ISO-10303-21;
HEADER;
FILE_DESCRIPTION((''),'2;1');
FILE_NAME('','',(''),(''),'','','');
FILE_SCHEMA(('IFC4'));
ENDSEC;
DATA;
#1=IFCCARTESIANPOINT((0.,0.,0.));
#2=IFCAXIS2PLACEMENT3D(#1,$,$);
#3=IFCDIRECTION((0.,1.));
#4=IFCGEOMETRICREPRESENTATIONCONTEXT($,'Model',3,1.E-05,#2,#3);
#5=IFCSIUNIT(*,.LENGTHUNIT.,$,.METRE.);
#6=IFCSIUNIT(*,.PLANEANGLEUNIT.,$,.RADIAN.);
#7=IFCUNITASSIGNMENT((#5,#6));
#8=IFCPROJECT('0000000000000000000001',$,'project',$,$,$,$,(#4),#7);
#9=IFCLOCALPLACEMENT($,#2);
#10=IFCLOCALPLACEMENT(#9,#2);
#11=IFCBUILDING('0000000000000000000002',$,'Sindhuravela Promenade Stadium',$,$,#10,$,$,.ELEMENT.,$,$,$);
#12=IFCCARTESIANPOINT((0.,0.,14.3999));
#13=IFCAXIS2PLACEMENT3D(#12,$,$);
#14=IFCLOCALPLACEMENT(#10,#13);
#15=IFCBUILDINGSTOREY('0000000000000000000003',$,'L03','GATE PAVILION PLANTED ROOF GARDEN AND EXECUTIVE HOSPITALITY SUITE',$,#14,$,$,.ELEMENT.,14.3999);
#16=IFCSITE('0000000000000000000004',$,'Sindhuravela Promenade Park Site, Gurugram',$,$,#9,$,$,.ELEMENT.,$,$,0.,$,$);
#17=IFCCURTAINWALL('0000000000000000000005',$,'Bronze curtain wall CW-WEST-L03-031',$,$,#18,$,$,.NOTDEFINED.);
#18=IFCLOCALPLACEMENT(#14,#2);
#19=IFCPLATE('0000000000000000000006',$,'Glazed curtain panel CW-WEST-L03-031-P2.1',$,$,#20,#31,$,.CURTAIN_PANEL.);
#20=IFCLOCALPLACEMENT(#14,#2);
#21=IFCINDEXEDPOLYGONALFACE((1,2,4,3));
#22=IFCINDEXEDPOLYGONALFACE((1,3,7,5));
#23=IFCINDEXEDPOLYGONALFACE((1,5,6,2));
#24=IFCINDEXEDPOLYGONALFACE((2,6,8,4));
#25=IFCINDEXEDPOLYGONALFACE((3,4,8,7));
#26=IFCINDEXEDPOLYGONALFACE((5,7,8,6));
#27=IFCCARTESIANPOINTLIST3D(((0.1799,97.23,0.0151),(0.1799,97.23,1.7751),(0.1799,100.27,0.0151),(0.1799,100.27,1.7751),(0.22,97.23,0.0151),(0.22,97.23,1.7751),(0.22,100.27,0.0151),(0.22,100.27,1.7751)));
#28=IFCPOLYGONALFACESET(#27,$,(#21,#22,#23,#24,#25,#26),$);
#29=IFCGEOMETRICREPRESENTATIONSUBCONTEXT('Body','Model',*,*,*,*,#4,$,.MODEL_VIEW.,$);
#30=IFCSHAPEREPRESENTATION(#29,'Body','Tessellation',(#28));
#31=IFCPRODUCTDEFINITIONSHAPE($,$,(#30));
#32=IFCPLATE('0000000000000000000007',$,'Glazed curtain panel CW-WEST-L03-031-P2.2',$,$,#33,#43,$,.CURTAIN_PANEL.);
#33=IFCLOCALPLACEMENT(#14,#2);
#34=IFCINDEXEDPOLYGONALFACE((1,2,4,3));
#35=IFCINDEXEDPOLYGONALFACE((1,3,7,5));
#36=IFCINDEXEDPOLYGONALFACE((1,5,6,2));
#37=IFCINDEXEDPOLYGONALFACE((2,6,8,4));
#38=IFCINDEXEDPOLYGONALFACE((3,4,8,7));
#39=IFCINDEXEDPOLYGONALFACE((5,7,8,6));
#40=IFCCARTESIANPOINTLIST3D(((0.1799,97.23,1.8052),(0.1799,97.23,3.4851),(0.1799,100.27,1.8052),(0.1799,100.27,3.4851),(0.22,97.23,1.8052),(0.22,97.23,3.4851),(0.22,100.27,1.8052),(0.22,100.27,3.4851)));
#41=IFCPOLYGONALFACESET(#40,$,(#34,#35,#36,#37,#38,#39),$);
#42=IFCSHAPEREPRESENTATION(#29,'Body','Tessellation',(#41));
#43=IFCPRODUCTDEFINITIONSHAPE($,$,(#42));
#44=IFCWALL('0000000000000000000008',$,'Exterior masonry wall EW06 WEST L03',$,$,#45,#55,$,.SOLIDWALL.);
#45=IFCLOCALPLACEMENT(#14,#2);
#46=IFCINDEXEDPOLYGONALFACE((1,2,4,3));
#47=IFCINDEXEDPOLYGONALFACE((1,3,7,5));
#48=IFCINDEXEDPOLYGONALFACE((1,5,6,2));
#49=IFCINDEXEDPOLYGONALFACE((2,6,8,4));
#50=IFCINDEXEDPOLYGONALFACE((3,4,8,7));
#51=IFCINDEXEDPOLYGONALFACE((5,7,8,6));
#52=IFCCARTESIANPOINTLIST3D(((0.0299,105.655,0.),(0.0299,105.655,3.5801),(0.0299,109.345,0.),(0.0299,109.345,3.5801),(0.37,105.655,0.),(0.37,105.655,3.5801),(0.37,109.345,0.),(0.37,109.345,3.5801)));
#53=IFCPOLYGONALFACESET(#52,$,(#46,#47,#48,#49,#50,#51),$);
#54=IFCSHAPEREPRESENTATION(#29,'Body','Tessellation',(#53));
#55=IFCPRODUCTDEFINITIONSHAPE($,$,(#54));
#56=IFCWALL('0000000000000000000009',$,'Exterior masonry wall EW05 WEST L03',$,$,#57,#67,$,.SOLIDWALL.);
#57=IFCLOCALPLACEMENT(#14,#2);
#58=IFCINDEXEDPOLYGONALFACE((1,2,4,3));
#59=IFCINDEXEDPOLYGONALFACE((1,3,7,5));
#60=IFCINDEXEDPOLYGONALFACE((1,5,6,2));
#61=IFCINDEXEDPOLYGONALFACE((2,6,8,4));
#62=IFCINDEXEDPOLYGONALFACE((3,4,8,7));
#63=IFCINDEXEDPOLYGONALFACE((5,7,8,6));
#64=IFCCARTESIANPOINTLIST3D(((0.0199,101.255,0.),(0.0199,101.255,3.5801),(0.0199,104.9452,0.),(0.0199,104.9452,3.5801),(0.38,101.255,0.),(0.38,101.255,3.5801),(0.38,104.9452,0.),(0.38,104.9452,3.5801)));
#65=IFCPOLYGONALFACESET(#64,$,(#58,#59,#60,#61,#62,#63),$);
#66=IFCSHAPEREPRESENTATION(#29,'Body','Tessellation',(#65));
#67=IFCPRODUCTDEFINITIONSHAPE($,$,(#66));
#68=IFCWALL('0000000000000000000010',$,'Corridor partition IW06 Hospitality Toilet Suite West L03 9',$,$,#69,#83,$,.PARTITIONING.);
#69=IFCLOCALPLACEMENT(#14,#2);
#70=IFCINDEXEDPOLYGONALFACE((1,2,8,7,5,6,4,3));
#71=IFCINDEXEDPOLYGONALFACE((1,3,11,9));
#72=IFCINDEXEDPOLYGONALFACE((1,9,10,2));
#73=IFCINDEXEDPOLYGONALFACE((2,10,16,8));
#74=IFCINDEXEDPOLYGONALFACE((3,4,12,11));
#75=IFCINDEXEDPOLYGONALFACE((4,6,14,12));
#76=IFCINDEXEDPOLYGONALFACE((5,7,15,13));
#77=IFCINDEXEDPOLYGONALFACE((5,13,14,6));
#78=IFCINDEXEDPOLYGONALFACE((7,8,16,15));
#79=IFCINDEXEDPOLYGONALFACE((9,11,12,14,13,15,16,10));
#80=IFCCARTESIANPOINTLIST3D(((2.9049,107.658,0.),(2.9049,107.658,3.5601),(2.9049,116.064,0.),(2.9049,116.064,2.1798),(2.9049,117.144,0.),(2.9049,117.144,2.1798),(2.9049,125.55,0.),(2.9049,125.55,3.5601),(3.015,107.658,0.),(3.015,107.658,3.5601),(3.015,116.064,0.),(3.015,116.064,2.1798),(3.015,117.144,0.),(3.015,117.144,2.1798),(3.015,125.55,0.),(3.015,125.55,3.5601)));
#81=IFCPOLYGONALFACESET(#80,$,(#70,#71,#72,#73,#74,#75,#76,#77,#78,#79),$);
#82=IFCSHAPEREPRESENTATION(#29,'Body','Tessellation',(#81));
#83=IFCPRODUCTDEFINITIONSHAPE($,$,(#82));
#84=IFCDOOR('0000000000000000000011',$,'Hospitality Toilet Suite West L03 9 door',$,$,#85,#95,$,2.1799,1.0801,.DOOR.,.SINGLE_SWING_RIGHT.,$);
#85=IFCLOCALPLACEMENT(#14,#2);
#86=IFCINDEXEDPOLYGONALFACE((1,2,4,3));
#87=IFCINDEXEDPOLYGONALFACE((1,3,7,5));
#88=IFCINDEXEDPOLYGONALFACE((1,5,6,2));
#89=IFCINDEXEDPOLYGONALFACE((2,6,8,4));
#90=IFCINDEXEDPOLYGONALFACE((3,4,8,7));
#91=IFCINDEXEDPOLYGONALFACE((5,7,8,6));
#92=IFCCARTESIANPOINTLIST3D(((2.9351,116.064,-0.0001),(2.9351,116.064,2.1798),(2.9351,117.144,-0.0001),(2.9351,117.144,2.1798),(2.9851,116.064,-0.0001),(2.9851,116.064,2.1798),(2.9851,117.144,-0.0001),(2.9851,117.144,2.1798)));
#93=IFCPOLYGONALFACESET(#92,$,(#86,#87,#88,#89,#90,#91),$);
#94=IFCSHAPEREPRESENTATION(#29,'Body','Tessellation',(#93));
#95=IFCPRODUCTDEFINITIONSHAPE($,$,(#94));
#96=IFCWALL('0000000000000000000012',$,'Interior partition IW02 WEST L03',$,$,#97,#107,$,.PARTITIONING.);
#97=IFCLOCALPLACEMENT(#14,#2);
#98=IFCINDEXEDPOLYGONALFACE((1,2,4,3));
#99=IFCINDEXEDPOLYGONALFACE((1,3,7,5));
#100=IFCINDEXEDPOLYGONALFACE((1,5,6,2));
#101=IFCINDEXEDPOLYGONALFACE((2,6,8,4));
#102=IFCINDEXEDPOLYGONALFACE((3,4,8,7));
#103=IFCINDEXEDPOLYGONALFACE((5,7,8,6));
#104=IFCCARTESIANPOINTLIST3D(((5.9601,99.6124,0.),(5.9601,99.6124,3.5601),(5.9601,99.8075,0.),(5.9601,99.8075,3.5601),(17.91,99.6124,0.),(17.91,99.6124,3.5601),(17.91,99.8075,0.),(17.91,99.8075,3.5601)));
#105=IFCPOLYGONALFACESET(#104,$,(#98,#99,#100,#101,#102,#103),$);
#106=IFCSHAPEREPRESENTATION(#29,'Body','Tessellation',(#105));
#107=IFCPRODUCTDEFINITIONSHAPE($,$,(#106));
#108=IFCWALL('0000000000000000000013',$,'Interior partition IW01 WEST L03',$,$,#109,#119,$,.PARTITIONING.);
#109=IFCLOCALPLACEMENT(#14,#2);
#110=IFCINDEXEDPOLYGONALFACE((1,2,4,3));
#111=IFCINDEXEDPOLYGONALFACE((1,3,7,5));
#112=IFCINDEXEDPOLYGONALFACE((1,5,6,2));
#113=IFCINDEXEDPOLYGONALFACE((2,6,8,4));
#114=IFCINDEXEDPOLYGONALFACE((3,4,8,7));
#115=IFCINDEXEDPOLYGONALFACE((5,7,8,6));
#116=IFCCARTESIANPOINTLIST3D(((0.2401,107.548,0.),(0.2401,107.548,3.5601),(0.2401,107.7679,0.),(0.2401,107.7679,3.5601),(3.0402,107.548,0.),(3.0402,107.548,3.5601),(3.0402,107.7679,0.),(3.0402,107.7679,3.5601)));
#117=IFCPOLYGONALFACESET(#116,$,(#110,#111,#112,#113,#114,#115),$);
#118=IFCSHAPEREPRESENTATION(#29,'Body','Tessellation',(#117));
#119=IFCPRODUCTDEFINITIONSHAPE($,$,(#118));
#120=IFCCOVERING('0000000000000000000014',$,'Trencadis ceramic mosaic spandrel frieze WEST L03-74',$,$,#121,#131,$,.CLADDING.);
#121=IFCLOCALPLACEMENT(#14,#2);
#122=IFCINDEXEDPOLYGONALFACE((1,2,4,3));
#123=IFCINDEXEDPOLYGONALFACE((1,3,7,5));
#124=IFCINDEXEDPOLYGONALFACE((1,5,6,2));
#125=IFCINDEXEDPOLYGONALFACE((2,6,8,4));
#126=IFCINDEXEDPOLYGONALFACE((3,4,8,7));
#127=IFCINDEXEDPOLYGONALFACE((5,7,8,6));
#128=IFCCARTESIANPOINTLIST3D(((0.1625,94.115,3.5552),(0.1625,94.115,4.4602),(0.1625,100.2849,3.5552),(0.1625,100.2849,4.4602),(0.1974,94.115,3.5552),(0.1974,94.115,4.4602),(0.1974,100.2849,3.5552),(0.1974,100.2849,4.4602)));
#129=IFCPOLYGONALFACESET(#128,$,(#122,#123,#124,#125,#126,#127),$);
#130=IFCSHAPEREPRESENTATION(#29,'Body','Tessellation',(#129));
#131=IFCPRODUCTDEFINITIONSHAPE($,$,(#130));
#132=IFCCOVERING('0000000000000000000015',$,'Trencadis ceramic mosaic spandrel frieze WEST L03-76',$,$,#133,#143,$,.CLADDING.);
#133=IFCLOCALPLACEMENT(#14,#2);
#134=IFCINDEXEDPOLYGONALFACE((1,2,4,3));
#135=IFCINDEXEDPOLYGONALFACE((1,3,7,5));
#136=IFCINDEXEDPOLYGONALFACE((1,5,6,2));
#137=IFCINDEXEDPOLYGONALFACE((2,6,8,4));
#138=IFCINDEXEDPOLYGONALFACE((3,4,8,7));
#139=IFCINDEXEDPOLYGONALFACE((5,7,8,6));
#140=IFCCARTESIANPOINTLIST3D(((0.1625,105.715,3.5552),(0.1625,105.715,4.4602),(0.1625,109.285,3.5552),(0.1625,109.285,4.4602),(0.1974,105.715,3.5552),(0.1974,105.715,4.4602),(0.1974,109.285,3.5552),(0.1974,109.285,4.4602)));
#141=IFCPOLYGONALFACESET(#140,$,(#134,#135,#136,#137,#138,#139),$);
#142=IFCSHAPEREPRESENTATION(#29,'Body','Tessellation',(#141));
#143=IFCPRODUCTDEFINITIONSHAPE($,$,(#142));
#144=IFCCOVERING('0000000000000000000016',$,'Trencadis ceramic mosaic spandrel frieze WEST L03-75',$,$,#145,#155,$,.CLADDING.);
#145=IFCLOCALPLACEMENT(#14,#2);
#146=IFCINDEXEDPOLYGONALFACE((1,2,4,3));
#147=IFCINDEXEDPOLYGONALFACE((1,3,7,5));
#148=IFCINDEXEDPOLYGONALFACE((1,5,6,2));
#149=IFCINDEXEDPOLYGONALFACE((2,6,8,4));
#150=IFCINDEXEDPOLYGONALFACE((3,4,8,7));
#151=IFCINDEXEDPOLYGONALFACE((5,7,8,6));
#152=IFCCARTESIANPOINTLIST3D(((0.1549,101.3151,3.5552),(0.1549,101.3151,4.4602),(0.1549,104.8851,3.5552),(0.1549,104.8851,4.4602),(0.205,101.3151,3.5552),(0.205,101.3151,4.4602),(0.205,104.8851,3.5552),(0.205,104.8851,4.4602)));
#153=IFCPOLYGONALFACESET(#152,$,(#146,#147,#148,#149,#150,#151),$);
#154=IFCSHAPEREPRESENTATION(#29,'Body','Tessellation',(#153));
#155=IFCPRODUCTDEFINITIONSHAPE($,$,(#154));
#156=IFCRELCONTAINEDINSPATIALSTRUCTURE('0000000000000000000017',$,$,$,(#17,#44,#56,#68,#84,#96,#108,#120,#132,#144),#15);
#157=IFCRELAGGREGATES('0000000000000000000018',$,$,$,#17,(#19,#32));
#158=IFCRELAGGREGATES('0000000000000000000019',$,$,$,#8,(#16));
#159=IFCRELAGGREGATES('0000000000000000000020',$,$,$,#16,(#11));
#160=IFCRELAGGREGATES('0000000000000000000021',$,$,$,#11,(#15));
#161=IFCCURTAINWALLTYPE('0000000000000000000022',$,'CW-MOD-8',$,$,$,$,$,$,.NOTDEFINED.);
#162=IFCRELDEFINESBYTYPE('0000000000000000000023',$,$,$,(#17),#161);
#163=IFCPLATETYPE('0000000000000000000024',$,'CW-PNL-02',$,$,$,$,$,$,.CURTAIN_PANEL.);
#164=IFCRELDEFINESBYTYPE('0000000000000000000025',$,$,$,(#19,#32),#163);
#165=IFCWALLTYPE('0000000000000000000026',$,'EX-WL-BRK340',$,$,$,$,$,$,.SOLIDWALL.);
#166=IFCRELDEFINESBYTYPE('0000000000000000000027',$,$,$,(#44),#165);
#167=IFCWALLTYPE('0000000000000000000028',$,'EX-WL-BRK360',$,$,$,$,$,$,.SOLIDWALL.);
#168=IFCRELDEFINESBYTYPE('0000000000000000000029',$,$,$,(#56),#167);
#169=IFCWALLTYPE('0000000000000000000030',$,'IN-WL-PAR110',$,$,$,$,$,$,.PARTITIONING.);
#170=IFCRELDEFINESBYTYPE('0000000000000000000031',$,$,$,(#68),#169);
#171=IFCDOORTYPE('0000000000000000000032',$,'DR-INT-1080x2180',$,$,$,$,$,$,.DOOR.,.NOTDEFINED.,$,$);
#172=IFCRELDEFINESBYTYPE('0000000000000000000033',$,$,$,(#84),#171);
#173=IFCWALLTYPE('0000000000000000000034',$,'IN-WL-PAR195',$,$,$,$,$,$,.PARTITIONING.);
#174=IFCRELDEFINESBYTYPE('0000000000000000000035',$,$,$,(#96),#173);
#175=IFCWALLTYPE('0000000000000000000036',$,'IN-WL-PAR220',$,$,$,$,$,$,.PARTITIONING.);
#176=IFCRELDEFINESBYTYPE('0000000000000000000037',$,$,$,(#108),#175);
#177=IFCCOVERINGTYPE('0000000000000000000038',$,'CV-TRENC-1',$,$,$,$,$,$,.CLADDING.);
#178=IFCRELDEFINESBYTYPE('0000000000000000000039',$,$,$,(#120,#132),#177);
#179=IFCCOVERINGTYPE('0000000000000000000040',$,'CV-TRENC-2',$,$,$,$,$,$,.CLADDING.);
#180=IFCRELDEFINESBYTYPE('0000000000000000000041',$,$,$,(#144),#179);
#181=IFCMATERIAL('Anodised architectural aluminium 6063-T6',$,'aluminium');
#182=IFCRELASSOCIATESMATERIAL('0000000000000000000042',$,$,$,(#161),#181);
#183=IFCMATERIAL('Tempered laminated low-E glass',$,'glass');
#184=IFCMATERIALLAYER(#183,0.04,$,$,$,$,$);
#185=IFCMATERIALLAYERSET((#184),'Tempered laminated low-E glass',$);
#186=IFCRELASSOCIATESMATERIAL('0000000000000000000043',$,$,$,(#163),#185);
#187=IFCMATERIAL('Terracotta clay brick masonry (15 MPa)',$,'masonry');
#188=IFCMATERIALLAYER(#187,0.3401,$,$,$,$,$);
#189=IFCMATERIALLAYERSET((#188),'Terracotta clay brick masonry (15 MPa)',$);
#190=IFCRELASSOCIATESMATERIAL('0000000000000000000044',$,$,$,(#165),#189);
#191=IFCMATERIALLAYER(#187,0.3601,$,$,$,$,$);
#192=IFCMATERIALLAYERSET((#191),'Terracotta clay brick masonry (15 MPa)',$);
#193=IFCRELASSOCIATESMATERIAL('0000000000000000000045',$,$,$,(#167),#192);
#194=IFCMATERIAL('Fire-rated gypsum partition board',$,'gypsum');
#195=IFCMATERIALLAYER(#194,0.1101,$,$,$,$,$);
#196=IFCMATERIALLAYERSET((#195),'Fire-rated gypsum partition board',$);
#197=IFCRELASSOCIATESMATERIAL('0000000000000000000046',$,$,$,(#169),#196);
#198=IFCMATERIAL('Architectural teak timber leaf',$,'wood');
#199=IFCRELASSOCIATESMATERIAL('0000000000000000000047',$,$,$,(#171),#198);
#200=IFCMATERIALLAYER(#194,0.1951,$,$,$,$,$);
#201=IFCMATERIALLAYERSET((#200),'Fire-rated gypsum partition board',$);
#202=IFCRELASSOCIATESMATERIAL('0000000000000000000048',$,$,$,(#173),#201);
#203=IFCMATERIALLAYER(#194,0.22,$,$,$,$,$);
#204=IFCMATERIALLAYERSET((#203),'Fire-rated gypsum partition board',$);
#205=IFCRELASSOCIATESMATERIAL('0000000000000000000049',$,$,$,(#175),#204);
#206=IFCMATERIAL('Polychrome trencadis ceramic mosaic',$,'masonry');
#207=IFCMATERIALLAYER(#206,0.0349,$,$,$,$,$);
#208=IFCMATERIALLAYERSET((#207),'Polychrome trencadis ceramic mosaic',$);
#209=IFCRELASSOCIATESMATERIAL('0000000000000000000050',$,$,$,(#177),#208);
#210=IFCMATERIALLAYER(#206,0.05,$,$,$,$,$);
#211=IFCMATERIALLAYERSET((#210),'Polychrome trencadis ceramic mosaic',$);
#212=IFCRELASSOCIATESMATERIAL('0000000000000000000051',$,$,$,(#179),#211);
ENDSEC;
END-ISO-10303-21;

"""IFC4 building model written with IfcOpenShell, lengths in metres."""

from ifc_helpers import new_model, si_unit, direction, frame, frame_2d, origin, origin_2d, place, context, subcontext, project, spatial, rectangle, extrude, material, layer, layer_set, type_object, element, fill, aggregate, save


model = new_model("IFC4")

# Units and contexts
model_context = context("Model", 3, precision=1e-05, world=origin(), true_north=direction((0.0, 1.0)))
body_context = subcontext(model_context, "Body", "Model", "MODEL_VIEW")
ifc_project = project(units=[si_unit("LENGTHUNIT", "METRE"), si_unit("PLANEANGLEUNIT", "RADIAN")], contexts=[model_context])

# Site, building, storey
site_placement = place(None, origin())
site = spatial("IfcSite", under=ifc_project, at=site_placement, Name="Sindhuravela Promenade Park Site, Gurugram", CompositionType="ELEMENT", RefElevation=0.0)
building_placement = place(site_placement, origin())
building = spatial("IfcBuilding", under=site, at=building_placement, Name="Sindhuravela Promenade Stadium", CompositionType="ELEMENT")
storey_placement = place(building_placement, frame((0.0, 0.0, 14.3999)))
storey = spatial("IfcBuildingStorey", under=building, at=storey_placement, Name="L03", Description="GATE PAVILION PLANTED ROOF GARDEN AND EXECUTIVE HOSPITALITY SUITE", CompositionType="ELEMENT", Elevation=14.3999)

# Curtain wall
ifc_material_1 = material(Name="Anodised architectural aluminium 6063-T6", Category="aluminium")
curtain_wall_type = type_object("IfcCurtainWallType", Name="CW-MOD-8", PredefinedType="NOTDEFINED", material=ifc_material_1)
curtain_wall_placement = place(storey_placement, origin())
curtain_wall = element("IfcCurtainWall", 1, at=curtain_wall_placement, inside=storey, type_object=curtain_wall_type, Name="Bronze curtain wall CW-WEST-L03-031", PredefinedType="NOTDEFINED")

# Plates
ifc_material_2 = material(Name="Tempered laminated low-E glass", Category="glass")
ifc_layer_1 = layer(ifc_material_2, 0.04)
ifc_layer_set_1 = layer_set([ifc_layer_1], Name="Tempered laminated low-E glass")
plate_type = type_object("IfcPlateType", Name="CW-PNL-02", PredefinedType="CURTAIN_PANEL", material=ifc_layer_set_1)
plate_1_placement = place(storey_placement, frame((0.2, 98.75, 0.0151), z_axis=(0.0, 0.0, 1.0), x_axis=(0.0, 1.0, 0.0)))
plate_1 = element("IfcPlate", 2, at=plate_1_placement, type_object=plate_type, Name="Glazed curtain panel CW-WEST-L03-031-P2.1", PredefinedType="CURTAIN_PANEL", context=body_context, shape_type="SweptSolid", body=[
    extrude(rectangle(XDim=3.04, YDim=0.04, at=origin_2d()), origin(), (0.0, 0.0, 1.0), 1.76),
])
plate_2_placement = place(storey_placement, frame((0.2, 98.75, 1.8052), z_axis=(0.0, 0.0, 1.0), x_axis=(0.0, 1.0, 0.0)))
plate_2 = element("IfcPlate", 3, at=plate_2_placement, type_object=plate_type, Name="Glazed curtain panel CW-WEST-L03-031-P2.2", PredefinedType="CURTAIN_PANEL", context=body_context, shape_type="SweptSolid", body=[
    extrude(rectangle(XDim=3.04, YDim=0.04, at=origin_2d()), origin(), (0.0, 0.0, 1.0), 1.6799),
])
aggregate(curtain_wall, [plate_1, plate_2])

# Walls
ifc_material_3 = material(Name="Terracotta clay brick masonry (15 MPa)", Category="masonry")
ifc_layer_2 = layer(ifc_material_3, 0.3401)
ifc_layer_set_2 = layer_set([ifc_layer_2], Name="Terracotta clay brick masonry (15 MPa)")
wall_type_1 = type_object("IfcWallType", Name="EX-WL-BRK340", PredefinedType="SOLIDWALL", material=ifc_layer_set_2)
wall_1_placement = place(storey_placement, frame((0.2, 105.655, 0.0), z_axis=(0.0, 0.0, 1.0), x_axis=(0.0, 1.0, 0.0)))
element("IfcWall", 4, at=wall_1_placement, inside=storey, type_object=wall_type_1, Name="Exterior masonry wall EW06 WEST L03", PredefinedType="SOLIDWALL", context=body_context, shape_type="SweptSolid", body=[
    extrude(rectangle(XDim=3.6899, YDim=0.3401, at=frame_2d((1.845, 0.0))), origin(), (0.0, 0.0, 1.0), 3.5801),
])
ifc_layer_3 = layer(ifc_material_3, 0.3601)
ifc_layer_set_3 = layer_set([ifc_layer_3], Name="Terracotta clay brick masonry (15 MPa)")
wall_type_2 = type_object("IfcWallType", Name="EX-WL-BRK360", PredefinedType="SOLIDWALL", material=ifc_layer_set_3)
wall_2_placement = place(storey_placement, frame((0.2, 101.2549, 0.0), z_axis=(0.0, 0.0, 1.0), x_axis=(0.0, 1.0, 0.0)))
element("IfcWall", 5, at=wall_2_placement, inside=storey, type_object=wall_type_2, Name="Exterior masonry wall EW05 WEST L03", PredefinedType="SOLIDWALL", context=body_context, shape_type="SweptSolid", body=[
    extrude(rectangle(XDim=3.6902, YDim=0.3601, at=frame_2d((1.8452, 0.0))), origin(), (0.0, 0.0, 1.0), 3.5801),
])

# Wall, opening, door
ifc_material_4 = material(Name="Fire-rated gypsum partition board", Category="gypsum")
ifc_layer_4 = layer(ifc_material_4, 0.1101)
ifc_layer_set_4 = layer_set([ifc_layer_4], Name="Fire-rated gypsum partition board")
wall_type_3 = type_object("IfcWallType", Name="IN-WL-PAR110", PredefinedType="PARTITIONING", material=ifc_layer_set_4)
ifc_material_5 = material(Name="Architectural teak timber leaf", Category="wood")
wall_3_placement = place(storey_placement, frame((2.96, 107.658, 0.0), z_axis=(0.0, 0.0, 1.0), x_axis=(0.0, 1.0, 0.0)))
wall_3 = element("IfcWall", 6, at=wall_3_placement, inside=storey, type_object=wall_type_3, Name="Corridor partition IW06 Hospitality Toilet Suite West L03 9", PredefinedType="PARTITIONING", context=body_context, shape_type="SweptSolid", body=[
    extrude(rectangle(XDim=17.8921, YDim=0.1101, at=frame_2d((8.946, 0.0))), origin(), (0.0, 0.0, 1.0), 3.5601),
])
opening_1_placement = place(wall_3_placement, frame((8.406, 0.0, 0.0)))
opening_1 = element("IfcOpeningElement", 7, at=opening_1_placement, cuts=wall_3, PredefinedType="OPENING", context=body_context, shape_type="SweptSolid", body=[
    extrude(rectangle(XDim=1.0801, YDim=2.1799, at=frame_2d((0.54, 1.0898))), frame((0.0, 0.0649, 0.0), z_axis=(0.0, -1.0, 0.0), x_axis=(1.0, 0.0, 0.0)), (0.0, 0.0, 1.0), 0.1301),
])
door_type_1 = type_object("IfcDoorType", Name="DR-INT-1080x2180", OperationType="NOTDEFINED", PredefinedType="DOOR", material=ifc_material_5)
door_1_placement = place(opening_1_placement, origin())
door_1 = element("IfcDoor", 8, at=door_1_placement, inside=storey, type_object=door_type_1, Name="Hospitality Toilet Suite West L03 9 door", OperationType="SINGLE_SWING_RIGHT", OverallHeight=2.1799, OverallWidth=1.0801, PredefinedType="DOOR", context=body_context, shape_type="SweptSolid", body=[
    extrude(rectangle(XDim=1.0801, YDim=2.1799, at=frame_2d((0.54, 1.0898))), frame((0.0, 0.0249, 0.0), z_axis=(0.0, -1.0, 0.0), x_axis=(1.0, 0.0, 0.0)), (0.0, 0.0, 1.0), 0.05),
])
fill(opening_1, door_1)

# Walls
ifc_layer_5 = layer(ifc_material_4, 0.1951)
ifc_layer_set_5 = layer_set([ifc_layer_5], Name="Fire-rated gypsum partition board")
wall_type_4 = type_object("IfcWallType", Name="IN-WL-PAR195", PredefinedType="PARTITIONING", material=ifc_layer_set_5)
wall_4_placement = place(storey_placement, frame((5.96, 99.71, 0.0), z_axis=(0.0, 0.0, 1.0), x_axis=(1.0, 0.0, 0.0)))
element("IfcWall", 9, at=wall_4_placement, inside=storey, type_object=wall_type_4, Name="Interior partition IW02 WEST L03", PredefinedType="PARTITIONING", context=body_context, shape_type="SweptSolid", body=[
    extrude(rectangle(XDim=11.95, YDim=0.1951, at=frame_2d((5.9751, 0.0))), origin(), (0.0, 0.0, 1.0), 3.5601),
])
ifc_layer_6 = layer(ifc_material_4, 0.22)
ifc_layer_set_6 = layer_set([ifc_layer_6], Name="Fire-rated gypsum partition board")
wall_type_5 = type_object("IfcWallType", Name="IN-WL-PAR220", PredefinedType="PARTITIONING", material=ifc_layer_set_6)
wall_5_placement = place(storey_placement, frame((3.04, 107.658, 0.0), z_axis=(0.0, 0.0, 1.0), x_axis=(-1.0, 0.0, 0.0)))
element("IfcWall", 10, at=wall_5_placement, inside=storey, type_object=wall_type_5, Name="Interior partition IW01 WEST L03", PredefinedType="PARTITIONING", context=body_context, shape_type="SweptSolid", body=[
    extrude(rectangle(XDim=2.8, YDim=0.22, at=frame_2d((1.3999, 0.0))), origin(), (0.0, 0.0, 1.0), 3.5601),
])

# Coverings
ifc_material_6 = material(Name="Polychrome trencadis ceramic mosaic", Category="masonry")
ifc_layer_7 = layer(ifc_material_6, 0.0349)
ifc_layer_set_7 = layer_set([ifc_layer_7], Name="Polychrome trencadis ceramic mosaic")
covering_type_1 = type_object("IfcCoveringType", Name="CV-TRENC-1", PredefinedType="CLADDING", material=ifc_layer_set_7)
covering_1_placement = place(storey_placement, frame((0.1799, 97.2, 3.5552), z_axis=(0.0, 0.0, 1.0), x_axis=(0.0, 1.0, 0.0)))
element("IfcCovering", 11, at=covering_1_placement, inside=storey, type_object=covering_type_1, Name="Trencadis ceramic mosaic spandrel frieze WEST L03-74", PredefinedType="CLADDING", context=body_context, shape_type="SweptSolid", body=[
    extrude(rectangle(XDim=6.1699, YDim=0.0349, at=origin_2d()), origin(), (0.0, 0.0, 1.0), 0.905),
])
covering_2_placement = place(storey_placement, frame((0.1799, 107.5, 3.5552), z_axis=(0.0, 0.0, 1.0), x_axis=(0.0, 1.0, 0.0)))
element("IfcCovering", 12, at=covering_2_placement, inside=storey, type_object=covering_type_1, Name="Trencadis ceramic mosaic spandrel frieze WEST L03-76", PredefinedType="CLADDING", context=body_context, shape_type="SweptSolid", body=[
    extrude(rectangle(XDim=3.5701, YDim=0.0349, at=origin_2d()), origin(), (0.0, 0.0, 1.0), 0.905),
])
ifc_layer_8 = layer(ifc_material_6, 0.05)
ifc_layer_set_8 = layer_set([ifc_layer_8], Name="Polychrome trencadis ceramic mosaic")
covering_type_2 = type_object("IfcCoveringType", Name="CV-TRENC-2", PredefinedType="CLADDING", material=ifc_layer_set_8)
covering_3_placement = place(storey_placement, frame((0.1799, 103.1001, 3.5552), z_axis=(0.0, 0.0, 1.0), x_axis=(0.0, 1.0, 0.0)))
element("IfcCovering", 13, at=covering_3_placement, inside=storey, type_object=covering_type_2, Name="Trencadis ceramic mosaic spandrel frieze WEST L03-75", PredefinedType="CLADDING", context=body_context, shape_type="SweptSolid", body=[
    extrude(rectangle(XDim=3.5701, YDim=0.05, at=origin_2d()), origin(), (0.0, 0.0, 1.0), 0.905),
])

save(model, "model.ifc")
